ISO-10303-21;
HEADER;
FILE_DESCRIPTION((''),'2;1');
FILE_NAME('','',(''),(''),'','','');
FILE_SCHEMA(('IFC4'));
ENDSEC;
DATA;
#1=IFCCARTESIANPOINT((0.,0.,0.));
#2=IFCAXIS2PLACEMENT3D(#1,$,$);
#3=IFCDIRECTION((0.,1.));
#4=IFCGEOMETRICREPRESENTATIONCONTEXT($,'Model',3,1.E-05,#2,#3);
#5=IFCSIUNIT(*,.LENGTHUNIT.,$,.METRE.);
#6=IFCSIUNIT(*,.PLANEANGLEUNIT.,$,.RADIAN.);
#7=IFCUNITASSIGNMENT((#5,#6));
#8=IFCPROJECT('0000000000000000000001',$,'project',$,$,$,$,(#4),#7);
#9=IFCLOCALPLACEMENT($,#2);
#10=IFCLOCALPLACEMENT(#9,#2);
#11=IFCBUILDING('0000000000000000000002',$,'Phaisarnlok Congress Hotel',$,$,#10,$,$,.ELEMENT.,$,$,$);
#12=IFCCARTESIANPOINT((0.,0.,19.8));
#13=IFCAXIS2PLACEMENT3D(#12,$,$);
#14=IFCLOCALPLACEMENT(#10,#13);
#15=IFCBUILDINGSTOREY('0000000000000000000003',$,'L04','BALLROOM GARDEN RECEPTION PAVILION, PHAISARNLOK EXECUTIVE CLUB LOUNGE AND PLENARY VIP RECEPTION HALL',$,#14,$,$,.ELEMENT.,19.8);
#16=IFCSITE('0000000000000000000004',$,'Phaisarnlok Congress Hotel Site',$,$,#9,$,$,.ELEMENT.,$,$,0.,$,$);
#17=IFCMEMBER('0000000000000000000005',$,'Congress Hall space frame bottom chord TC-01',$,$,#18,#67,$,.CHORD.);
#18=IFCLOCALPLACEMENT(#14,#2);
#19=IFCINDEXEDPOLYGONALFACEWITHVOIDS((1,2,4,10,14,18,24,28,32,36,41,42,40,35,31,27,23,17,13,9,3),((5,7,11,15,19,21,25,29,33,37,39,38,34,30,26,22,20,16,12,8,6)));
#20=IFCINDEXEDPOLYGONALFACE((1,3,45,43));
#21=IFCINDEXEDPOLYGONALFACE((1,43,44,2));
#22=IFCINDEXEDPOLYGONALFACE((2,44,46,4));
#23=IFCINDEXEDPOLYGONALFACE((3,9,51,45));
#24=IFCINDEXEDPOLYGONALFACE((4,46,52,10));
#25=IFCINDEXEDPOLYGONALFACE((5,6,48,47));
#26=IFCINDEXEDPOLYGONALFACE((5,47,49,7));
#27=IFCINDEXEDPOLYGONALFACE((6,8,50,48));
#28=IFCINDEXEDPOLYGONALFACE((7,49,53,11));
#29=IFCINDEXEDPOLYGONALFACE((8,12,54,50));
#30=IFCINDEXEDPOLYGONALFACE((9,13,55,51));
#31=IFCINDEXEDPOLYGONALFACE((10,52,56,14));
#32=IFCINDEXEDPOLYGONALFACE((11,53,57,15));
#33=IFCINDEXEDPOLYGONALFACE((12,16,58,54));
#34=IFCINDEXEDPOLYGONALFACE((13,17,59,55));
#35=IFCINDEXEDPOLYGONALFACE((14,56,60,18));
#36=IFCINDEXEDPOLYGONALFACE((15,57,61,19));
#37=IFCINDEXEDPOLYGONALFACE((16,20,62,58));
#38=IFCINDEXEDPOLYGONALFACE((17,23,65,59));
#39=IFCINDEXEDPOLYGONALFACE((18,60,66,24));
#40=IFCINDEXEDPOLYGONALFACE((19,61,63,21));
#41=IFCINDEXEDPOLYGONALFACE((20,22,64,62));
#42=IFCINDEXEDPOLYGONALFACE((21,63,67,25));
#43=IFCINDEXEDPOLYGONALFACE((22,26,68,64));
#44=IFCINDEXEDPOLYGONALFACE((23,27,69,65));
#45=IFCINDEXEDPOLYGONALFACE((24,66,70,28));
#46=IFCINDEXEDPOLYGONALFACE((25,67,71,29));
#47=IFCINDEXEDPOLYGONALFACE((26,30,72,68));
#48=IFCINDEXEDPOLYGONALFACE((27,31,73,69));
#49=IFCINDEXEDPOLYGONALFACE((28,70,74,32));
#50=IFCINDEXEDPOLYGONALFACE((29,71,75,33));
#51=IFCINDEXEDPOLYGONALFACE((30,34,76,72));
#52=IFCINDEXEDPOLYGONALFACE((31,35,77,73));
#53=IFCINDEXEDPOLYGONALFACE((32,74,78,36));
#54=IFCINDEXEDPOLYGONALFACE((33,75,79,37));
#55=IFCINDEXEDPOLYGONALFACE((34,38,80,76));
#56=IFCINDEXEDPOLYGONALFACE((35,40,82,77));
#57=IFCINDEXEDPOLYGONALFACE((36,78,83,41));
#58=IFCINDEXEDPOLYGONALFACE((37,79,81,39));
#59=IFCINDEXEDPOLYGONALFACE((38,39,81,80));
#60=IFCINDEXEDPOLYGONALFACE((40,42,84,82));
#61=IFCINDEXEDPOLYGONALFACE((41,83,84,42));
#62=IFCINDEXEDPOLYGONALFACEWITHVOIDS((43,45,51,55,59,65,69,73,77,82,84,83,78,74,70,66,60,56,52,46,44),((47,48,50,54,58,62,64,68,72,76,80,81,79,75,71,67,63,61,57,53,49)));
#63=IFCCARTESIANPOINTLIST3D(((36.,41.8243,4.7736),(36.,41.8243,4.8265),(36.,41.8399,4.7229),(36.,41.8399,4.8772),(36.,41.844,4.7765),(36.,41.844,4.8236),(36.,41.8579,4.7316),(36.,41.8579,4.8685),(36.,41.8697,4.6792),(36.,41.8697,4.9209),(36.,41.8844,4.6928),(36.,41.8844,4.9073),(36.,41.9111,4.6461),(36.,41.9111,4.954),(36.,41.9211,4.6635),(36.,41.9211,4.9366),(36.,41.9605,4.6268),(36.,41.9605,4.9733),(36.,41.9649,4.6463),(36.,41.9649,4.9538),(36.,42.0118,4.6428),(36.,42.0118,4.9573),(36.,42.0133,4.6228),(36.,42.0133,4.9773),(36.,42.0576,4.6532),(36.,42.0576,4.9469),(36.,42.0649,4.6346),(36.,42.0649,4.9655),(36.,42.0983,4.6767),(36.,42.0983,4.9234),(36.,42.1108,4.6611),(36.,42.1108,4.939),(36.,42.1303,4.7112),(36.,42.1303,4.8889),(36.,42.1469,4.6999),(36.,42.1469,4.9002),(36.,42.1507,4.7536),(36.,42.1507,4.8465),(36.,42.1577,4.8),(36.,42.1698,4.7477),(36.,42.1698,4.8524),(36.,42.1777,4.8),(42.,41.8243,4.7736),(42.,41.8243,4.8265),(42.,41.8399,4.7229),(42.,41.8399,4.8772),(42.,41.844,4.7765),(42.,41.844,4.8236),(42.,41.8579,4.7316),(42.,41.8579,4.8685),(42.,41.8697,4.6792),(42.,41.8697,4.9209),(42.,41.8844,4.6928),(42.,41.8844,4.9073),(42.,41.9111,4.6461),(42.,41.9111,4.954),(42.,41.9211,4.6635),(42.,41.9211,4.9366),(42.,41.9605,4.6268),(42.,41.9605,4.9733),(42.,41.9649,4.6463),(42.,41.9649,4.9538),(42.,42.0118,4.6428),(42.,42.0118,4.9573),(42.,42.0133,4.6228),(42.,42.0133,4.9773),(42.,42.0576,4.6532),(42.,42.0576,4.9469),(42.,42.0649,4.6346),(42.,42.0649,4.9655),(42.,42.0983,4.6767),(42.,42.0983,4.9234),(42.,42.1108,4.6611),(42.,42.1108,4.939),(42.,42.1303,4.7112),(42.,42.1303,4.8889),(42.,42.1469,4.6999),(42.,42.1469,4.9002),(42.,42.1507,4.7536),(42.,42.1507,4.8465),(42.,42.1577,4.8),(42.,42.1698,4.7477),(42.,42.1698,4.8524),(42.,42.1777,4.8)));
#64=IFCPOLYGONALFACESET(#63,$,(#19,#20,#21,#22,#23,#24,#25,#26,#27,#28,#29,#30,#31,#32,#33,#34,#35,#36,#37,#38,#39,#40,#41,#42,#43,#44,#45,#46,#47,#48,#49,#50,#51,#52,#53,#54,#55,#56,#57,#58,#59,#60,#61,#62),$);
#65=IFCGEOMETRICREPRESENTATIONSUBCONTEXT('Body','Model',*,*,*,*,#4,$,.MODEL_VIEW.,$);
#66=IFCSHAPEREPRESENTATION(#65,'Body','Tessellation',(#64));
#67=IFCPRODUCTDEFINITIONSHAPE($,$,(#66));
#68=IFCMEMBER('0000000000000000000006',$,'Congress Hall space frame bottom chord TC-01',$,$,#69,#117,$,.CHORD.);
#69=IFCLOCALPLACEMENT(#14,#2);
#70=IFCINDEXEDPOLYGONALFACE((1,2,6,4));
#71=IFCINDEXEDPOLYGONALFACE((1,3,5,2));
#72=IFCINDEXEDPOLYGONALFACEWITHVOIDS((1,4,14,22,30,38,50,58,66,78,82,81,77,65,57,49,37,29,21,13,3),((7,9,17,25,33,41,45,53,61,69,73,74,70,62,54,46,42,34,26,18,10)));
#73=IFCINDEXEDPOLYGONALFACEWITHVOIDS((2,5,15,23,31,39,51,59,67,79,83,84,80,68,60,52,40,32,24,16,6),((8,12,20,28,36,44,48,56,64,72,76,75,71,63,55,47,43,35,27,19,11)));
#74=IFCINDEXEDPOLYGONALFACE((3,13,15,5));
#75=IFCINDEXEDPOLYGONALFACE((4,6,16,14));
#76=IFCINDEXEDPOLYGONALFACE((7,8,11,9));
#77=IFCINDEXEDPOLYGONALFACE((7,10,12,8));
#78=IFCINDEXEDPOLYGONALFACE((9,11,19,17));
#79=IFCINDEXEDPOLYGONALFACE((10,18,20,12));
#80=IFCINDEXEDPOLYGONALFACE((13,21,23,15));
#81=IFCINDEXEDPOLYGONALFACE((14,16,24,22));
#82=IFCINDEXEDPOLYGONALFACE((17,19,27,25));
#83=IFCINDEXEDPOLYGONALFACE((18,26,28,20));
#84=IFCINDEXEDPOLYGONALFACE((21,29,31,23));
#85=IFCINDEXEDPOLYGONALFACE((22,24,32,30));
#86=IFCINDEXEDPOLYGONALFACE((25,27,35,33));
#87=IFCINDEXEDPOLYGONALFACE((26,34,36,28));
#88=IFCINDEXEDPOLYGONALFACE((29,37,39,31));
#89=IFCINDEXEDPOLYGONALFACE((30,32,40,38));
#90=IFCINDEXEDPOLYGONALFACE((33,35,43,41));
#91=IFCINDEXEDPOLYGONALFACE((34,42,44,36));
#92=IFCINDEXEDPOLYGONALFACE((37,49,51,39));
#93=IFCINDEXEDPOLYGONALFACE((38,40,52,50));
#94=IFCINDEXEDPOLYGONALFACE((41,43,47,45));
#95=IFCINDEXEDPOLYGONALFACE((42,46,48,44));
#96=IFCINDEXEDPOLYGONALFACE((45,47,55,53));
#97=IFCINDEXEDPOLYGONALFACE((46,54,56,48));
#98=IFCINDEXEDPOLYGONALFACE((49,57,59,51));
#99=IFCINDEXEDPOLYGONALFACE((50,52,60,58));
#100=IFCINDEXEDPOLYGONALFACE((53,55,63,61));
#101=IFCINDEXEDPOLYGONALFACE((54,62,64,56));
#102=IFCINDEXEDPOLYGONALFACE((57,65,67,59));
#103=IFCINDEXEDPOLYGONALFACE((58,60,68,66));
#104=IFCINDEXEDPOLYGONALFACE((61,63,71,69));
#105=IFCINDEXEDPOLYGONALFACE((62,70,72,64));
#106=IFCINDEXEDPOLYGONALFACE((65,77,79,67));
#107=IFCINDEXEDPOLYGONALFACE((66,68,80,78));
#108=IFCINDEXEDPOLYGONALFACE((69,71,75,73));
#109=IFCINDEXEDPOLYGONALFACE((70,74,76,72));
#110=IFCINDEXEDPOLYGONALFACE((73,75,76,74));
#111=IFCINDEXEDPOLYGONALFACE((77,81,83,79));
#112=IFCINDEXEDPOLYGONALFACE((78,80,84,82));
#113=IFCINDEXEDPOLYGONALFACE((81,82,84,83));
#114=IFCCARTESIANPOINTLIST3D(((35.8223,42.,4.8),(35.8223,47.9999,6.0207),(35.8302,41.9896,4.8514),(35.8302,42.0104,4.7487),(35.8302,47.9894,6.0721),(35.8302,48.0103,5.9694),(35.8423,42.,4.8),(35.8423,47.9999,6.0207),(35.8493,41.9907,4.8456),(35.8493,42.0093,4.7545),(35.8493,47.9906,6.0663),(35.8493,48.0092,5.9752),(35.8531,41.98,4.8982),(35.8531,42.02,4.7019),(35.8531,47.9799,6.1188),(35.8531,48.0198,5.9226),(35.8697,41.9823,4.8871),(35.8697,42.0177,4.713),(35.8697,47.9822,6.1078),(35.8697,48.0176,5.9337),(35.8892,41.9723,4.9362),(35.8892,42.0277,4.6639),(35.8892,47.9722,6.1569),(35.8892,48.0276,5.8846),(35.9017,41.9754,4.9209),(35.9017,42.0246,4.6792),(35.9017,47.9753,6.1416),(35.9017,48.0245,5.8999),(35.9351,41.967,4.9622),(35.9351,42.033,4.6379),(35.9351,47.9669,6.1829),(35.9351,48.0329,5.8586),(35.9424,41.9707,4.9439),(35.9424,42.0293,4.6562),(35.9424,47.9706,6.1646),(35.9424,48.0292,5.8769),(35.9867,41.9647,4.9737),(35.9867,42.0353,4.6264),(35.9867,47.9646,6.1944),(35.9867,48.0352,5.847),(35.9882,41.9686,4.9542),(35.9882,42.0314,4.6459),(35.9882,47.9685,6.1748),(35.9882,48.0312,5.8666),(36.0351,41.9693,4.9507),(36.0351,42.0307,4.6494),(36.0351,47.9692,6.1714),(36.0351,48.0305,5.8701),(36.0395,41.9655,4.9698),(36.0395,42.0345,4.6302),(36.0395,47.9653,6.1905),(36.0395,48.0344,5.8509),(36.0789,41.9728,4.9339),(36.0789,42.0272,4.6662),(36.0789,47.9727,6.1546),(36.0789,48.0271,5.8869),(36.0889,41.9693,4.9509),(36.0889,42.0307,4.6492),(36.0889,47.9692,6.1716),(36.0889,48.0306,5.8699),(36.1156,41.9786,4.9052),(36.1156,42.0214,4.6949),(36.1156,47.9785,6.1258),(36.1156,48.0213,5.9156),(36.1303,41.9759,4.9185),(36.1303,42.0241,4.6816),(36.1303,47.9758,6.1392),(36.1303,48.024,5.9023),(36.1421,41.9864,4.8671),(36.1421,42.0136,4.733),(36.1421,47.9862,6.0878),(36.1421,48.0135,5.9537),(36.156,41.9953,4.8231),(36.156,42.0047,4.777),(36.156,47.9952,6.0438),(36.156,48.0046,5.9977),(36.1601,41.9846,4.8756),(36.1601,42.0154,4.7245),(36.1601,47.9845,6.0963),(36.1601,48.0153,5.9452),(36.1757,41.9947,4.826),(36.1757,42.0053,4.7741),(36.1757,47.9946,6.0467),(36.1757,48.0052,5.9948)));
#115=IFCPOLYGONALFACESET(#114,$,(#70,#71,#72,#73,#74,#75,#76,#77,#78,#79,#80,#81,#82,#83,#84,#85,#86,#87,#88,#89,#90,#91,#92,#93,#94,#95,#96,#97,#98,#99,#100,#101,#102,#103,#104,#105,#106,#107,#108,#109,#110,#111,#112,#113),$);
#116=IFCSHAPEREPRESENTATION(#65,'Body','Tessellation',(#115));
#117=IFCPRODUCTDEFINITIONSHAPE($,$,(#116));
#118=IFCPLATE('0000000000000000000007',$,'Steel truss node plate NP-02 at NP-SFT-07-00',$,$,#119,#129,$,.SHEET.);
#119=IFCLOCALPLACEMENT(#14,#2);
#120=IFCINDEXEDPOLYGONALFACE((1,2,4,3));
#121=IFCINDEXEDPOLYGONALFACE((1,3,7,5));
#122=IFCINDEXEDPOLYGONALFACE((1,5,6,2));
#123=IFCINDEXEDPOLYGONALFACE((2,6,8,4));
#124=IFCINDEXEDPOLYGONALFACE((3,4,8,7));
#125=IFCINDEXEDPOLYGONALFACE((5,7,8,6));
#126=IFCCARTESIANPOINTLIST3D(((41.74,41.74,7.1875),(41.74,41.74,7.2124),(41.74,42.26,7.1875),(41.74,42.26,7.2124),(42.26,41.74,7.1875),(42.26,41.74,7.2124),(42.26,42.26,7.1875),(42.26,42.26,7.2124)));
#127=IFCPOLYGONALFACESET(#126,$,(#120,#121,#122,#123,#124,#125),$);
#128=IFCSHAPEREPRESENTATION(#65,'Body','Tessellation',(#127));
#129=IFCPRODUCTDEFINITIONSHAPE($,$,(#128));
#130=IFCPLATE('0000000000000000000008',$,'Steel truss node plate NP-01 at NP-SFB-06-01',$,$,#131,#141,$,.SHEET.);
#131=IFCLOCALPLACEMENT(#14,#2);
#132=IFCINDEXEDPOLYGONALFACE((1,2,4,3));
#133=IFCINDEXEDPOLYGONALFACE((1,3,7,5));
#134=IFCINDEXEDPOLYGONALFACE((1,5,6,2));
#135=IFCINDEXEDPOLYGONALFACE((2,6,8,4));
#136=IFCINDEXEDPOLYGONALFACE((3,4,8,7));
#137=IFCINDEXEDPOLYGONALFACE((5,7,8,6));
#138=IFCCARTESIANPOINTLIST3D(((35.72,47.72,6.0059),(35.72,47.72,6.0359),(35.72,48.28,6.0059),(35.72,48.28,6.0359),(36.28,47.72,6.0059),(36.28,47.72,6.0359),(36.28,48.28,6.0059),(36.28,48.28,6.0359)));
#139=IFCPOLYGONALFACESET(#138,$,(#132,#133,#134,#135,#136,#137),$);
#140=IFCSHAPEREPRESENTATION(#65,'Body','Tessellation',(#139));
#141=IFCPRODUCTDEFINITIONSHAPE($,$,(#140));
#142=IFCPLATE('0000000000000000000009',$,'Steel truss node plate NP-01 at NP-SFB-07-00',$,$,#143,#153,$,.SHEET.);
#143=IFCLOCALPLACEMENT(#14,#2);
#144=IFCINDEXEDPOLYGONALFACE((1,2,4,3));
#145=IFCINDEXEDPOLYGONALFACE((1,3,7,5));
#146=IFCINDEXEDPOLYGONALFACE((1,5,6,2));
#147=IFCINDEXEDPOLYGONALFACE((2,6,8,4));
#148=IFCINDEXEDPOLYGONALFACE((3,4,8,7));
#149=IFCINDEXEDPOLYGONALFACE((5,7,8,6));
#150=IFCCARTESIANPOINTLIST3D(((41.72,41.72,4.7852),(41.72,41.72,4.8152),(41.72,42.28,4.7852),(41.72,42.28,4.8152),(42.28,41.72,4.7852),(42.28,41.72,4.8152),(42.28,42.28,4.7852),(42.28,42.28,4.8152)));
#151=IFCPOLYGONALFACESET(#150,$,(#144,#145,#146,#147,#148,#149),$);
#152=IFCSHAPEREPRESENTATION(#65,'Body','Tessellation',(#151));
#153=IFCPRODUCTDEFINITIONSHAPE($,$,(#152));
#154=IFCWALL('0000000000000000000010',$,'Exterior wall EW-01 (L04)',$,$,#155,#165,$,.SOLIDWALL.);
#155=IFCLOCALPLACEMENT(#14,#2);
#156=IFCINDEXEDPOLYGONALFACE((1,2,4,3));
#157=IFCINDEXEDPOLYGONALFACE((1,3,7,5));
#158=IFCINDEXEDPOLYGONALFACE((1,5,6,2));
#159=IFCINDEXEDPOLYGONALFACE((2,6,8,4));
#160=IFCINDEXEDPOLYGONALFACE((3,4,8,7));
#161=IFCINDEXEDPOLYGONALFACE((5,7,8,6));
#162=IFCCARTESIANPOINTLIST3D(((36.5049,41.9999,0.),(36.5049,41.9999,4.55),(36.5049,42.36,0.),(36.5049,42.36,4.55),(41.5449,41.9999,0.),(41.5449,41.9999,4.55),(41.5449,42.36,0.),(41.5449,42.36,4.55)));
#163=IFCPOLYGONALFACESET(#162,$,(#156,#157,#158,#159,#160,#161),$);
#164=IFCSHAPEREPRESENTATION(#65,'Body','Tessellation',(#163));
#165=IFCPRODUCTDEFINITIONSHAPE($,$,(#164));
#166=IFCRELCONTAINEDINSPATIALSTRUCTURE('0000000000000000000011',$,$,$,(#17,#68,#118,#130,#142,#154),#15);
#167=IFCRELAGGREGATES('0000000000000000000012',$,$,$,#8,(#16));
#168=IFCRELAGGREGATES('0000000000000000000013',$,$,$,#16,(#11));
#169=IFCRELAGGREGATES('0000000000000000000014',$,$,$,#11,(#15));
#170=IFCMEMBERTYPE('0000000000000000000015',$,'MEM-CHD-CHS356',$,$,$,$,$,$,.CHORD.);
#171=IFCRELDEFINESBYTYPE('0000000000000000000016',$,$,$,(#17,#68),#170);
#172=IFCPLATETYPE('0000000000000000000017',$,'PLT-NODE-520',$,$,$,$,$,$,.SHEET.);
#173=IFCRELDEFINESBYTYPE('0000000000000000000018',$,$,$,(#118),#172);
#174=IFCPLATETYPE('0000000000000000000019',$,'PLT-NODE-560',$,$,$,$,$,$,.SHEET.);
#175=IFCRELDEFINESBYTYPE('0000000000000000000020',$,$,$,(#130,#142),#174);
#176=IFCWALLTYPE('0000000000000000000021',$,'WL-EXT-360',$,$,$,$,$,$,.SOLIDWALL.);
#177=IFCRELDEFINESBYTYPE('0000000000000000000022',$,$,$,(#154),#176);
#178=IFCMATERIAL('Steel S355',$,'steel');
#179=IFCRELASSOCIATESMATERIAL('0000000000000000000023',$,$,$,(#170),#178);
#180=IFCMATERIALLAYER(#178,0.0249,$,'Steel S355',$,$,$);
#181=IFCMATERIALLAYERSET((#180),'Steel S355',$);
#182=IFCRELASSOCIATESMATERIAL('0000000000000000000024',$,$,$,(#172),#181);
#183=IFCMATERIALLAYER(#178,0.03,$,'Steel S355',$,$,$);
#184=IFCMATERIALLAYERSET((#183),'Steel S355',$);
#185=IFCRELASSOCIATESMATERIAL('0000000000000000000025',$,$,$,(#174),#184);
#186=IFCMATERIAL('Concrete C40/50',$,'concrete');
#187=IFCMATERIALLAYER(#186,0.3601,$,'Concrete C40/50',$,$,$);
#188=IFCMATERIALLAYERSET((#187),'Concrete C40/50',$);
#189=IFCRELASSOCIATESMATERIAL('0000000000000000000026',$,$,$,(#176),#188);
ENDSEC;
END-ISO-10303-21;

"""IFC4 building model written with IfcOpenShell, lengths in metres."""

from ifc_helpers import new_model, si_unit, direction, frame, frame_2d, origin, origin_2d, place, context, subcontext, project, spatial, rectangle, hollow_circle, extrude, material, layer, layer_set, material_profile, profile_set, type_object, element, save


model = new_model("IFC4")

# Units and contexts
model_context = context("Model", 3, precision=1e-05, world=origin(), true_north=direction((0.0, 1.0)))
body_context = subcontext(model_context, "Body", "Model", "MODEL_VIEW")
ifc_project = project(units=[si_unit("LENGTHUNIT", "METRE"), si_unit("PLANEANGLEUNIT", "RADIAN")], contexts=[model_context])

# Site, building, storey
site_placement = place(None, origin())
site = spatial("IfcSite", under=ifc_project, at=site_placement, Name="Phaisarnlok Congress Hotel Site", CompositionType="ELEMENT", RefElevation=0.0)
building_placement = place(site_placement, origin())
building = spatial("IfcBuilding", under=site, at=building_placement, Name="Phaisarnlok Congress Hotel", CompositionType="ELEMENT")
storey_placement = place(building_placement, frame((0.0, 0.0, 19.8)))
storey = spatial("IfcBuildingStorey", under=building, at=storey_placement, Name="L04", Description="BALLROOM GARDEN RECEPTION PAVILION, PHAISARNLOK EXECUTIVE CLUB LOUNGE AND PLENARY VIP RECEPTION HALL", CompositionType="ELEMENT", Elevation=19.8)

# Members
ifc_material_1 = material(Name="Steel S355", Category="steel")
ifc_material_profile_1 = material_profile(ifc_material_1, hollow_circle(Radius=0.1777, WallThickness=0.02, at=origin_2d()), Name="CHS 355.6x20")
ifc_profile_set_1 = profile_set([ifc_material_profile_1], Name="Steel S355")
member_type_1 = type_object("IfcMemberType", Name="MEM-CHD-CHS356", PredefinedType="CHORD", material=ifc_profile_set_1)
member_1_placement = place(storey_placement, frame((36.0, 42.0, 4.8), z_axis=(1.0, 0.0, 0.0), x_axis=(0.0, 1.0, 0.0)))
element("IfcMember", 1, at=member_1_placement, inside=storey, type_object=member_type_1, Name="Congress Hall space frame bottom chord TC-01", PredefinedType="CHORD", context=body_context, shape_type="SweptSolid", body=[
    extrude(hollow_circle(Radius=0.1777, WallThickness=0.02, at=origin_2d()), origin(), (0.0, 0.0, 1.0), 6.0),
])
member_2_placement = place(storey_placement, frame((36.0, 42.0, 4.8), z_axis=(0.0, 0.979925, 0.199366), x_axis=(-1.0, 0.0, 0.0)))
element("IfcMember", 2, at=member_2_placement, inside=storey, type_object=member_type_1, Name="Congress Hall space frame bottom chord TC-01", PredefinedType="CHORD", context=body_context, shape_type="SweptSolid", body=[
    extrude(hollow_circle(Radius=0.1777, WallThickness=0.02, at=origin_2d()), origin(), (0.0, 0.0, 1.0), 6.1228),
])

# Plates
ifc_layer_1 = layer(ifc_material_1, 0.0249, Name="Steel S355")
ifc_layer_set_1 = layer_set([ifc_layer_1], Name="Steel S355")
plate_type_1 = type_object("IfcPlateType", Name="PLT-NODE-520", PredefinedType="SHEET", material=ifc_layer_set_1)
plate_placement = place(storey_placement, frame((42.0, 42.0, 7.1875), z_axis=(0.0, 0.0, 1.0), x_axis=(1.0, 0.0, 0.0)))
element("IfcPlate", 3, at=plate_placement, inside=storey, type_object=plate_type_1, Name="Steel truss node plate NP-02 at NP-SFT-07-00", PredefinedType="SHEET", context=body_context, shape_type="SweptSolid", body=[
    extrude(rectangle(XDim=0.52, YDim=0.52, at=origin_2d()), origin(), (0.0, 0.0, 1.0), 0.0249),
])
ifc_layer_2 = layer(ifc_material_1, 0.03, Name="Steel S355")
ifc_layer_set_2 = layer_set([ifc_layer_2], Name="Steel S355")
plate_type_2 = type_object("IfcPlateType", Name="PLT-NODE-560", PredefinedType="SHEET", material=ifc_layer_set_2)
for number, where, z_axis, x_axis, name in (
    (4, (36.0, 48.0, 6.0059), (0.0, 0.0, 1.0), (1.0, 0.0, 0.0), "Steel truss node plate NP-01 at NP-SFB-06-01"),
    (5, (42.0, 42.0, 4.7852), (0.0, 0.0, 1.0), (1.0, 0.0, 0.0), "Steel truss node plate NP-01 at NP-SFB-07-00"),
):
    element("IfcPlate", number, at=place(storey_placement, frame(where, z_axis=z_axis, x_axis=x_axis)), inside=storey, type_object=plate_type_2, Name=name, PredefinedType="SHEET", context=body_context, shape_type="SweptSolid", body=[
        extrude(rectangle(XDim=0.5601, YDim=0.5601, at=origin_2d()), origin(), (0.0, 0.0, 1.0), 0.03),
    ])

# Wall
ifc_material_2 = material(Name="Concrete C40/50", Category="concrete")
ifc_layer_3 = layer(ifc_material_2, 0.3601, Name="Concrete C40/50")
ifc_layer_set_3 = layer_set([ifc_layer_3], Name="Concrete C40/50")
wall_type = type_object("IfcWallType", Name="WL-EXT-360", PredefinedType="SOLIDWALL", material=ifc_layer_set_3)
wall_placement = place(storey_placement, frame((36.5049, 42.1799, 0.0), z_axis=(0.0, 0.0, 1.0), x_axis=(1.0, 0.0, 0.0)))
element("IfcWall", 6, at=wall_placement, inside=storey, type_object=wall_type, Name="Exterior wall EW-01 (L04)", PredefinedType="SOLIDWALL", context=body_context, shape_type="SweptSolid", body=[
    extrude(rectangle(XDim=5.04, YDim=0.3601, at=frame_2d((2.52, 0.0))), origin(), (0.0, 0.0, 1.0), 4.55),
])

save(model, "model.ifc")
